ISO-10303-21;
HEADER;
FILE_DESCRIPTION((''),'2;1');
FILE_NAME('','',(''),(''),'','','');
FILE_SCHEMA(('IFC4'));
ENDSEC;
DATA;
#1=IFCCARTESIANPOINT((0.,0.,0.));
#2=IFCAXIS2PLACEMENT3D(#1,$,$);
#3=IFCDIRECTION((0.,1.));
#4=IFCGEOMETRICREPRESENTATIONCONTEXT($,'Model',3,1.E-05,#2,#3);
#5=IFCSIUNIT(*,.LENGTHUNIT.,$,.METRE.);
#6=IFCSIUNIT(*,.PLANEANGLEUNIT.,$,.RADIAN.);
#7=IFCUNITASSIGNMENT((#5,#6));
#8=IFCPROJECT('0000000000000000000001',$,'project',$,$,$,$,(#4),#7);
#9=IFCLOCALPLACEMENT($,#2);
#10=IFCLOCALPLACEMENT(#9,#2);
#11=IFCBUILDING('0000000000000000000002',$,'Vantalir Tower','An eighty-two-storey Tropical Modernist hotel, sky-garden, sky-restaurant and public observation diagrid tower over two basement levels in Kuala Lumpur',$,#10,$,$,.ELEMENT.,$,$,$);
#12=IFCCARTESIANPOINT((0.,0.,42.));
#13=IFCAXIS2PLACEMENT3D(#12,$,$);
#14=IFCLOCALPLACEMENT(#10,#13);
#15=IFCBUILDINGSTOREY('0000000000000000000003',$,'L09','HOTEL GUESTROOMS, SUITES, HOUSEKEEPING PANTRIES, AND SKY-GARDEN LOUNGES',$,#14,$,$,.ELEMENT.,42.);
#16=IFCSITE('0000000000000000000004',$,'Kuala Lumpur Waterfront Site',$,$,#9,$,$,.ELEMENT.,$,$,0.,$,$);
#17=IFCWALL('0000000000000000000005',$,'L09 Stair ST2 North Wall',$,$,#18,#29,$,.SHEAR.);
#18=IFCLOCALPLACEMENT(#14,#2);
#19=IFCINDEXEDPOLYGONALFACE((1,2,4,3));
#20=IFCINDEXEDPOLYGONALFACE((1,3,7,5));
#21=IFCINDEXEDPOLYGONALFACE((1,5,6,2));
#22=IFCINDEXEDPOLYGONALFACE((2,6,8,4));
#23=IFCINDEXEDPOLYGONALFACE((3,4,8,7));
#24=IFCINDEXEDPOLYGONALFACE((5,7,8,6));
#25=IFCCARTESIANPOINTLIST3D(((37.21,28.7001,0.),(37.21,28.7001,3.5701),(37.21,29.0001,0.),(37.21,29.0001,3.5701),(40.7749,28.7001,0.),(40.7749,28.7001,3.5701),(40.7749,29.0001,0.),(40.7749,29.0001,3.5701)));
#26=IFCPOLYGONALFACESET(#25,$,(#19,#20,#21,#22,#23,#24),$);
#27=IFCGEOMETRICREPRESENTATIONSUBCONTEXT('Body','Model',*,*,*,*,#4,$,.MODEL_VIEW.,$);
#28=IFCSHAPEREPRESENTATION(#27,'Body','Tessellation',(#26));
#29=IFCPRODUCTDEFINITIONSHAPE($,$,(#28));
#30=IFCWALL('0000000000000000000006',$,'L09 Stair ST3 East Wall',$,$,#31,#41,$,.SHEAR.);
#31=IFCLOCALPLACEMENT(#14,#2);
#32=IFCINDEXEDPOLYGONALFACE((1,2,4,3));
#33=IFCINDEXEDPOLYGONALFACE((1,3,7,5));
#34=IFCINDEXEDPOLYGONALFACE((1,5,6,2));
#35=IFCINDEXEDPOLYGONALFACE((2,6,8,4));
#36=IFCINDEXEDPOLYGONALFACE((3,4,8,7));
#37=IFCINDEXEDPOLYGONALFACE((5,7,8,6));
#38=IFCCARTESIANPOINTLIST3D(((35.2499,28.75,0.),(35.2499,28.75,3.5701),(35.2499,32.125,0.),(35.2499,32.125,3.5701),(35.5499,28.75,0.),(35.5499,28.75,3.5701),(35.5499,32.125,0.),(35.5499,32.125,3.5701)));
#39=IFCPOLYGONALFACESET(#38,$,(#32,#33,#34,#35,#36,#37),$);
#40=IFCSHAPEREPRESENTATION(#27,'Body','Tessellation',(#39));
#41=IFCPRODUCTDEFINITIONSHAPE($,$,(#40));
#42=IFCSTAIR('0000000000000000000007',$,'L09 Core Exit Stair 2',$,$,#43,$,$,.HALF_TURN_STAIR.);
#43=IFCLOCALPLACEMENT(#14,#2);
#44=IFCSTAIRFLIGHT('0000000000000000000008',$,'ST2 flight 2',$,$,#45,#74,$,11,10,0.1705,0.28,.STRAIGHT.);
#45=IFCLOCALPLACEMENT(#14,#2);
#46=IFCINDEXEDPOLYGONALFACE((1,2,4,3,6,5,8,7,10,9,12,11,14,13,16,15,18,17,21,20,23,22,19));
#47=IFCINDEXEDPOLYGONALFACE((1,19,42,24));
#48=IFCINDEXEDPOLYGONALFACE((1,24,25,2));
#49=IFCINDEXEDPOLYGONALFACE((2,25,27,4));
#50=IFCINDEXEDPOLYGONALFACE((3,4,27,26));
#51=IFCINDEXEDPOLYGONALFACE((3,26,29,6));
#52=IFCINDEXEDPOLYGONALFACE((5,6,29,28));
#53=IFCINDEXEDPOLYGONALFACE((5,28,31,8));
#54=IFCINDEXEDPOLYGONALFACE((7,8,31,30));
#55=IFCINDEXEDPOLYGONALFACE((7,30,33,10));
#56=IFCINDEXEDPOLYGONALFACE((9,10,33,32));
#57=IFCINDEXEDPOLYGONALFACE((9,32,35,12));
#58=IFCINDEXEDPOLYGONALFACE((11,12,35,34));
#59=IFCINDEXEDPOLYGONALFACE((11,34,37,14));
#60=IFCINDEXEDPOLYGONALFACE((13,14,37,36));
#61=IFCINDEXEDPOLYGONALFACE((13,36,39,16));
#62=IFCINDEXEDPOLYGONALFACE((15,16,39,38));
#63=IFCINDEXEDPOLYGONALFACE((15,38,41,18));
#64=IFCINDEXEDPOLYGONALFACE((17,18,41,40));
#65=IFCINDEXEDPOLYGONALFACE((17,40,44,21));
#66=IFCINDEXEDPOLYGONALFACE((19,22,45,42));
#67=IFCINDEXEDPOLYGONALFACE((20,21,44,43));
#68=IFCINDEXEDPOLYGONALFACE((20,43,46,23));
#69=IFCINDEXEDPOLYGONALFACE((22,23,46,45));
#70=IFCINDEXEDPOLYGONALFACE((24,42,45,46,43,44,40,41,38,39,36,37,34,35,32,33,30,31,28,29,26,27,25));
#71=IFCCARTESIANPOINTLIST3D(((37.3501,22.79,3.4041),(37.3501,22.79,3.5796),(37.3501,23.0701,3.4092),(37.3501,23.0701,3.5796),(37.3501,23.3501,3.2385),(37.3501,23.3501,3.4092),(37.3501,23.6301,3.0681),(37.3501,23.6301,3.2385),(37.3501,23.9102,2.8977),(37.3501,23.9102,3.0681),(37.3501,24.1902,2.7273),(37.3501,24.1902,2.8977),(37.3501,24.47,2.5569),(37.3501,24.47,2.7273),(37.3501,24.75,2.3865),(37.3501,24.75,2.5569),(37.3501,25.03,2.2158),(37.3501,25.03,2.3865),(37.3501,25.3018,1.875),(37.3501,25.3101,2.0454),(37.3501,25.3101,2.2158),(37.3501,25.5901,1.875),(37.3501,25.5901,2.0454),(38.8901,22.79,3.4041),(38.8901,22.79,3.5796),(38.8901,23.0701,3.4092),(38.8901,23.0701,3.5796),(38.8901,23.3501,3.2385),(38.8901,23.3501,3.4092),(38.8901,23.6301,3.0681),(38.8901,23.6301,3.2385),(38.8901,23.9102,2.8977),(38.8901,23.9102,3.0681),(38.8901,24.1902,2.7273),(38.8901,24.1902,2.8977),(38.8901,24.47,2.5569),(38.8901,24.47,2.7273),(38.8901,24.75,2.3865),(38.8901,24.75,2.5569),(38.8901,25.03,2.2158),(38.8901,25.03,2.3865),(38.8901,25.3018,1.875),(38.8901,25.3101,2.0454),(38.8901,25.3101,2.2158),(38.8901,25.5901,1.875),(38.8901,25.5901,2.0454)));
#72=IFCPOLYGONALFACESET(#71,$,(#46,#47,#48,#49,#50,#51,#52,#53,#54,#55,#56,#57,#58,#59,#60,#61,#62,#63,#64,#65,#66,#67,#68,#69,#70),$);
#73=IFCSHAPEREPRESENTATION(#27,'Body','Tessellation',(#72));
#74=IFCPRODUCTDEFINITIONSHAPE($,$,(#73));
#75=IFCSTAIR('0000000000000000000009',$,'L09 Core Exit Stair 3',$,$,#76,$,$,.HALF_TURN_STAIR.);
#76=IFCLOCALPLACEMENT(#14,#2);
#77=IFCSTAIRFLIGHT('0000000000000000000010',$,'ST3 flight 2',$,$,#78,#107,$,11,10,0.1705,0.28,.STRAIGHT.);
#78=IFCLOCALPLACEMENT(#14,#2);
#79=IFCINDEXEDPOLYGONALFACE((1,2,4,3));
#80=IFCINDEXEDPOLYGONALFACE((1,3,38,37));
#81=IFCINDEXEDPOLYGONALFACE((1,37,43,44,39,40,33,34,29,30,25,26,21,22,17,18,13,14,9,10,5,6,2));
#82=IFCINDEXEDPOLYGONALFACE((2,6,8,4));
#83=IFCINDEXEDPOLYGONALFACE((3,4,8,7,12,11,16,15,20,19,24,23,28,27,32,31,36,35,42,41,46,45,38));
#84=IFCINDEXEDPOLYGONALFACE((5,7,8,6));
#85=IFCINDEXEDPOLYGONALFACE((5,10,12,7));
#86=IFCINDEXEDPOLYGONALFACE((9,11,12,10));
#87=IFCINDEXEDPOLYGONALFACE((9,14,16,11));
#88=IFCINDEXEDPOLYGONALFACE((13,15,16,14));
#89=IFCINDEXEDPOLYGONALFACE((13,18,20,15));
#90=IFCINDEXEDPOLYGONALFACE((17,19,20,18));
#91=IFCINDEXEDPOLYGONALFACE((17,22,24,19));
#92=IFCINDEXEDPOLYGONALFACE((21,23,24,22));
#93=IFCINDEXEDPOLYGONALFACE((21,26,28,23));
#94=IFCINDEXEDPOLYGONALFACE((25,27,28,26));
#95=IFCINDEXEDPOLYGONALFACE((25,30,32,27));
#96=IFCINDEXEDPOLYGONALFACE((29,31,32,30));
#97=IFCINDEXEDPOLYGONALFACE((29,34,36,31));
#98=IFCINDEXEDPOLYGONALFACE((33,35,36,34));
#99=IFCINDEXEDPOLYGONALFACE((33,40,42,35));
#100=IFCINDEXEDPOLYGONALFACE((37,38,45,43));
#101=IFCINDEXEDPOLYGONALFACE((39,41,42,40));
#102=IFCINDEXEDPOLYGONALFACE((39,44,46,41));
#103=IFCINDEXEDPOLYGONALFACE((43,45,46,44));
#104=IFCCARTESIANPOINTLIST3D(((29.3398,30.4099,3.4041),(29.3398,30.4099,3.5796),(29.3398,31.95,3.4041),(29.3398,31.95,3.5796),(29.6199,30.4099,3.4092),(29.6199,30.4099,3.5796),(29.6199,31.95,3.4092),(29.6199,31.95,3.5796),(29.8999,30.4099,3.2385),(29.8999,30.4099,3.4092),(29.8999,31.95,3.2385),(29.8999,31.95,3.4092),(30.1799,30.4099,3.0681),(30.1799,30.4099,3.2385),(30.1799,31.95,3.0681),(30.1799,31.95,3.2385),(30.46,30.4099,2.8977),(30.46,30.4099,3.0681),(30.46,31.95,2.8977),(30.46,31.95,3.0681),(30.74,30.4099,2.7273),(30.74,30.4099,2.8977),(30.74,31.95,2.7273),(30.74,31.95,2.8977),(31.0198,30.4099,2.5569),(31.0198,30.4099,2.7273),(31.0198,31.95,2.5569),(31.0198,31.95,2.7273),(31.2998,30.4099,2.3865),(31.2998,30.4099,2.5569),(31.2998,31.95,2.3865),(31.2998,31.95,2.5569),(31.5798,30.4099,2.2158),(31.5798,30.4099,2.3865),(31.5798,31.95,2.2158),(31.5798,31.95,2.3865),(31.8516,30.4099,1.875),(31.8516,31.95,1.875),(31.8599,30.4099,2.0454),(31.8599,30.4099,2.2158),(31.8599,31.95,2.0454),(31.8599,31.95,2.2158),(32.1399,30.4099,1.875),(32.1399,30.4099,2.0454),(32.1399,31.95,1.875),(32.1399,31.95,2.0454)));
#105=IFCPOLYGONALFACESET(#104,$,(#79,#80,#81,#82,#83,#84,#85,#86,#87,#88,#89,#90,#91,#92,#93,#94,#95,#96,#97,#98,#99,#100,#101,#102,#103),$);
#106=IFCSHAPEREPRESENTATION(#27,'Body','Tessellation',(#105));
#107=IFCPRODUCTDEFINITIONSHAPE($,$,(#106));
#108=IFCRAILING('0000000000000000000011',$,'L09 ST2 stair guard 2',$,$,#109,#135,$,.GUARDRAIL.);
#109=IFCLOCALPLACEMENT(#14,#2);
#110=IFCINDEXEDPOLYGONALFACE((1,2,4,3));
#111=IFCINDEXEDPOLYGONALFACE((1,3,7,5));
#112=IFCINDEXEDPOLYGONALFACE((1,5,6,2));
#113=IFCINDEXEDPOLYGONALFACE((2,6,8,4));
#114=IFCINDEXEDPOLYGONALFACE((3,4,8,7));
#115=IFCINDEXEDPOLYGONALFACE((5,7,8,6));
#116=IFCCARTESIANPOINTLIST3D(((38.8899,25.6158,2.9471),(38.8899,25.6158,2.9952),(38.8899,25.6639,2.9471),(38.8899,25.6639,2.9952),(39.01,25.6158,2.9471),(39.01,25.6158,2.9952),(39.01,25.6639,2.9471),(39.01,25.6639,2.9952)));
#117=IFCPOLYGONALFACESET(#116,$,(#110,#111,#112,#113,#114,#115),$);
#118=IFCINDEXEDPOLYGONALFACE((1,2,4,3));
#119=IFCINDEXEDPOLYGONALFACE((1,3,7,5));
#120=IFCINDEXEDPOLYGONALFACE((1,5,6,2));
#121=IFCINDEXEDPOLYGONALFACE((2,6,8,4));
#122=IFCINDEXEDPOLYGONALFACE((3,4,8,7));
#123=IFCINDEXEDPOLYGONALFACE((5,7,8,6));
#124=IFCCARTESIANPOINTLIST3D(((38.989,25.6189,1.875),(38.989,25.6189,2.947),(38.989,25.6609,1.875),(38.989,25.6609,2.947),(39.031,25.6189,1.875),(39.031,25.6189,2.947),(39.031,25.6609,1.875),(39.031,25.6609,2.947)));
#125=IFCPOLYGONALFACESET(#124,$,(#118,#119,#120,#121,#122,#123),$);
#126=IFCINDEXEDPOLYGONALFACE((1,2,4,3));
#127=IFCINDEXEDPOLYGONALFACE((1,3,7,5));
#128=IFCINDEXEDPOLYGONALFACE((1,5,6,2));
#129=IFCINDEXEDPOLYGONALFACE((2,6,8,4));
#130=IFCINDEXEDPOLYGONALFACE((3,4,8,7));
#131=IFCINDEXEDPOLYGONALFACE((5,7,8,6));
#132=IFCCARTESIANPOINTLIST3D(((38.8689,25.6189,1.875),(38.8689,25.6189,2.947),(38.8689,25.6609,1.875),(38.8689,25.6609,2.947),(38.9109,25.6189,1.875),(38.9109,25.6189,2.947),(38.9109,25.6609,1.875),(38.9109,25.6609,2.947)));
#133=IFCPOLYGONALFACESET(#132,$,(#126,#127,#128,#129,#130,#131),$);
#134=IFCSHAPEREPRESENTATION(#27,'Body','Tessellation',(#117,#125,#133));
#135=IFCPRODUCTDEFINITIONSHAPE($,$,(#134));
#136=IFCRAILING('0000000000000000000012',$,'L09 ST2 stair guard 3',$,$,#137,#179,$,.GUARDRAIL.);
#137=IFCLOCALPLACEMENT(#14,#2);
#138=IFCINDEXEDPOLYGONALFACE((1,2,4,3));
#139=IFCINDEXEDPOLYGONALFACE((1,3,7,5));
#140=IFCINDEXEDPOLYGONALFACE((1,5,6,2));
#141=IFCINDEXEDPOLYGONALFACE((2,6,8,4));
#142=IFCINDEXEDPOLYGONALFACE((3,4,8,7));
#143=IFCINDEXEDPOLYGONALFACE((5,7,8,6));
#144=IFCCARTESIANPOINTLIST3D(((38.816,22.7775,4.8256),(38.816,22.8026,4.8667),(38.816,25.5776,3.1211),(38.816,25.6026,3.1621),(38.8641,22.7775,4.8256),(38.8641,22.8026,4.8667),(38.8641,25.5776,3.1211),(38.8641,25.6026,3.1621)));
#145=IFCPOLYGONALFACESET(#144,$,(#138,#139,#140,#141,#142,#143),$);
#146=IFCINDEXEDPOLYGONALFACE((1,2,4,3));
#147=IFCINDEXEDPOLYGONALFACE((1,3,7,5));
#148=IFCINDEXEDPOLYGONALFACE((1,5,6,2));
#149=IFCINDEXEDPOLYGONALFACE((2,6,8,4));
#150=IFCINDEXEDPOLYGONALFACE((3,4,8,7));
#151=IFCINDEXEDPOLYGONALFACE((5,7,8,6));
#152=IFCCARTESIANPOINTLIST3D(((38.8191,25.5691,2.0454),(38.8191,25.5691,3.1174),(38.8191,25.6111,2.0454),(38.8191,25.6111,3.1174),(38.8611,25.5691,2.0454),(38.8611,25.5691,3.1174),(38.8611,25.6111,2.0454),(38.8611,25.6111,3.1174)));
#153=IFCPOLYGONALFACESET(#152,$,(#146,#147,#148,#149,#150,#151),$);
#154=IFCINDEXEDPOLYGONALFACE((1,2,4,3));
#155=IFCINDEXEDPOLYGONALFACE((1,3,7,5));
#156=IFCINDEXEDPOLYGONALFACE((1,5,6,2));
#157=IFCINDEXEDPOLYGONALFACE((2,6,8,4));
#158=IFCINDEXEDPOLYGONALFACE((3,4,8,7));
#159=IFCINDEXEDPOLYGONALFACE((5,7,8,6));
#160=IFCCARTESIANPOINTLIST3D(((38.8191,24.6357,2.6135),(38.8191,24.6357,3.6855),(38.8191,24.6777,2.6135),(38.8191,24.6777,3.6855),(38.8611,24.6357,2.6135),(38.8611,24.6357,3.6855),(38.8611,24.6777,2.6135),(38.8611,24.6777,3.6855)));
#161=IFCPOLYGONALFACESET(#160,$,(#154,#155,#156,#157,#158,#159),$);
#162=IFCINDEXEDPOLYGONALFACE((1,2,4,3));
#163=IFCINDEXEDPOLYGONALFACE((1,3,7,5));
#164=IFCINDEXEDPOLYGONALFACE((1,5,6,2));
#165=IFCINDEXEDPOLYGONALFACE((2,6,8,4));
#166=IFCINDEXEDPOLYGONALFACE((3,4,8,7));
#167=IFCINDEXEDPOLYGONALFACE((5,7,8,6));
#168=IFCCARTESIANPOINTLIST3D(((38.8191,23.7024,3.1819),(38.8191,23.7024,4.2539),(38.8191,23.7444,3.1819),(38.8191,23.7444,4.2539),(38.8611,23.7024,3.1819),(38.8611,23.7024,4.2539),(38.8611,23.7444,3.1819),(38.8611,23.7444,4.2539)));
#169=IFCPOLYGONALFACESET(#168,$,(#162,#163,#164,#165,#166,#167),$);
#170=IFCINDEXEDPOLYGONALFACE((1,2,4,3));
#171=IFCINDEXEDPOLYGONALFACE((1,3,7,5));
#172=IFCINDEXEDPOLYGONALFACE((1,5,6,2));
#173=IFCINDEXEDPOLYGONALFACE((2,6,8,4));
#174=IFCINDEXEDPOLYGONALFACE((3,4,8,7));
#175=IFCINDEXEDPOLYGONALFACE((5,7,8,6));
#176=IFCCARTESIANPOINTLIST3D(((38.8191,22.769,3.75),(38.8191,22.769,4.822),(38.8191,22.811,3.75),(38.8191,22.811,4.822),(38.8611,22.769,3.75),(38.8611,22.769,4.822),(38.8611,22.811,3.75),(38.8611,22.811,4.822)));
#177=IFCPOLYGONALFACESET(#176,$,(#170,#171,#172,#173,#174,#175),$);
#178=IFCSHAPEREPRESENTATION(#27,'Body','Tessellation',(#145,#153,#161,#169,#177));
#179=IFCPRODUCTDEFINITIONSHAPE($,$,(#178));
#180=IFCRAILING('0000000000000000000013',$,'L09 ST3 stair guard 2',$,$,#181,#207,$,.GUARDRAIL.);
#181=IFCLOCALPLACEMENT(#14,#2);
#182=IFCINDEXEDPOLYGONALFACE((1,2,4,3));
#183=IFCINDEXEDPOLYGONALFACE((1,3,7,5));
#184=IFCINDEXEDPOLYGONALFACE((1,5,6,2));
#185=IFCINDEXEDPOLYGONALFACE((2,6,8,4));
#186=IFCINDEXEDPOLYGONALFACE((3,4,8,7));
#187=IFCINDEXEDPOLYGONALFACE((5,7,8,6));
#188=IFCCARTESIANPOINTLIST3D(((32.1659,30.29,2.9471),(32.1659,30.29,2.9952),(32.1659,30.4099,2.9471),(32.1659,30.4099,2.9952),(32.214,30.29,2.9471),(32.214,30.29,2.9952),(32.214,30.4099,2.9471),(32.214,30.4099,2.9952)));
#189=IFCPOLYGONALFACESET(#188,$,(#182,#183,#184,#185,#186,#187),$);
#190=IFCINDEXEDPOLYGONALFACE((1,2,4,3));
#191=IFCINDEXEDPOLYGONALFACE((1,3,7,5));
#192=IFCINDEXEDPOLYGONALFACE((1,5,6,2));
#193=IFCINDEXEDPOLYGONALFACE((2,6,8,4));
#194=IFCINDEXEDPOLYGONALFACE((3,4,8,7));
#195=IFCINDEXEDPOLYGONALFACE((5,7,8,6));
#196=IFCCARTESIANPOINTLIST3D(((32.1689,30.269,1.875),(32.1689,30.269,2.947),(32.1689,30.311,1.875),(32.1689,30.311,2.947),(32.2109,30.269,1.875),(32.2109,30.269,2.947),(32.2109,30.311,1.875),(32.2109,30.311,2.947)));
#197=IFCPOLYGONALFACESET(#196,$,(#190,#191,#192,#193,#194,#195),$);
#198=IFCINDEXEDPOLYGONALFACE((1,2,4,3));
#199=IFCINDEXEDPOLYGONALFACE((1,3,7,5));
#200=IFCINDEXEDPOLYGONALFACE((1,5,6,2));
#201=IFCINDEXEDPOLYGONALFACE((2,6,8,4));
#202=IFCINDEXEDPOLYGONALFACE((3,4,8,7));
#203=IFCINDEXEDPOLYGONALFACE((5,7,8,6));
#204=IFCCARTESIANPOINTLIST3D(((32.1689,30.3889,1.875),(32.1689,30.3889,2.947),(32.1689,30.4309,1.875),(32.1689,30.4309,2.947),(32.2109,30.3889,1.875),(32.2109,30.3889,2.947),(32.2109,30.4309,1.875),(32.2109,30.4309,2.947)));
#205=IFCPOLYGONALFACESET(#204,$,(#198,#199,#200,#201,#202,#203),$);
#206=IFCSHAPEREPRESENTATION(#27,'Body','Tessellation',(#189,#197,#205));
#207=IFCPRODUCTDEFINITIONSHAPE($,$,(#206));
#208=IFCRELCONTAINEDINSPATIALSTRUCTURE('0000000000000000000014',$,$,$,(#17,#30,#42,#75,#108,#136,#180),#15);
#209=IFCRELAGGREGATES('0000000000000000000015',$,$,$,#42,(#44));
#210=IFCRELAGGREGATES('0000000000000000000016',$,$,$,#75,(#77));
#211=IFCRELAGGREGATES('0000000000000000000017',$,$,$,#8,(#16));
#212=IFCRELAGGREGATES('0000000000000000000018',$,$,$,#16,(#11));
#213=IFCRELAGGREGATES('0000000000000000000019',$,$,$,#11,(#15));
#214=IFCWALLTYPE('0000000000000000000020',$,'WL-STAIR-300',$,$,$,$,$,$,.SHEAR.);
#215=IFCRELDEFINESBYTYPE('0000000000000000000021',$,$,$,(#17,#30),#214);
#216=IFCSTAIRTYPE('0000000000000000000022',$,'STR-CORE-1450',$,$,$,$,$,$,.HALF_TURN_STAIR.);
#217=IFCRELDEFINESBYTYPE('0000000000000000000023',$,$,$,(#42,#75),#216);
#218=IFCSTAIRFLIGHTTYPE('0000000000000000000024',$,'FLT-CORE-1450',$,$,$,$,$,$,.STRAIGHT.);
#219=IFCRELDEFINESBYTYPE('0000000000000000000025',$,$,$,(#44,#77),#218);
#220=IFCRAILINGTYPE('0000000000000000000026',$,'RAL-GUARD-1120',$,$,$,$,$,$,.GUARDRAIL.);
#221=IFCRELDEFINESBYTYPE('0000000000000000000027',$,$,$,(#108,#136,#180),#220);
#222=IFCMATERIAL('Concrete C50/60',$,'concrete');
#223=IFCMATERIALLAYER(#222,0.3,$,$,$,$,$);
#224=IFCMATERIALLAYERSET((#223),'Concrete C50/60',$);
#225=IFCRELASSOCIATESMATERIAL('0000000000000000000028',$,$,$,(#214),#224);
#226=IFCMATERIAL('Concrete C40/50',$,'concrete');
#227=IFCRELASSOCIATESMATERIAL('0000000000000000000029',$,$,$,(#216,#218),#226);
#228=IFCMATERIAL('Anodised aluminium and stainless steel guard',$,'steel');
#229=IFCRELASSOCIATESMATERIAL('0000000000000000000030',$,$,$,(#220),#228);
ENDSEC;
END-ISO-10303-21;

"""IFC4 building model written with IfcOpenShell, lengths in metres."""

from ifc_helpers import new_model, si_unit, direction, frame, frame_2d, origin, origin_2d, place, context, subcontext, project, spatial, polyline, rectangle, outline, extrude, material, layer, layer_set, type_object, element, aggregate, save


model = new_model("IFC4")

# Units and contexts
model_context = context("Model", 3, precision=1e-05, world=origin(), true_north=direction((0.0, 1.0)))
body_context = subcontext(model_context, "Body", "Model", "MODEL_VIEW")
ifc_project = project(units=[si_unit("LENGTHUNIT", "METRE"), si_unit("PLANEANGLEUNIT", "RADIAN")], contexts=[model_context])

# Site, building, storey
site_placement = place(None, origin())
site = spatial("IfcSite", under=ifc_project, at=site_placement, Name="Kuala Lumpur Waterfront Site", CompositionType="ELEMENT", RefElevation=0.0)
building_placement = place(site_placement, origin())
building = spatial("IfcBuilding", under=site, at=building_placement, Name="Vantalir Tower", Description="An eighty-two-storey Tropical Modernist hotel, sky-garden, sky-restaurant and public observation diagrid tower over two basement levels in Kuala Lumpur", CompositionType="ELEMENT")
storey_placement = place(building_placement, frame((0.0, 0.0, 42.0)))
storey = spatial("IfcBuildingStorey", under=building, at=storey_placement, Name="L09", Description="HOTEL GUESTROOMS, SUITES, HOUSEKEEPING PANTRIES, AND SKY-GARDEN LOUNGES", CompositionType="ELEMENT", Elevation=42.0)

# Walls
ifc_material_1 = material(Name="Concrete C50/60", Category="concrete")
ifc_layer_1 = layer(ifc_material_1, 0.3)
ifc_layer_set_1 = layer_set([ifc_layer_1], Name="Concrete C50/60")
wall_type_1 = type_object("IfcWallType", Name="WL-STAIR-300", PredefinedType="SHEAR", material=ifc_layer_set_1)
wall_1_placement = place(storey_placement, frame((37.21, 28.8501, 0.0), z_axis=(0.0, 0.0, 1.0), x_axis=(1.0, 0.0, 0.0)))
element("IfcWall", 1, at=wall_1_placement, inside=storey, type_object=wall_type_1, Name="L09 Stair ST2 North Wall", PredefinedType="SHEAR", context=body_context, shape_type="SweptSolid", body=[
    extrude(rectangle(XDim=3.5649, YDim=0.3, at=frame_2d((1.7825, 0.0))), origin(), (0.0, 0.0, 1.0), 3.5701),
])
wall_2_placement = place(storey_placement, frame((35.3999, 28.75, 0.0), z_axis=(0.0, 0.0, 1.0), x_axis=(0.0, 1.0, 0.0)))
element("IfcWall", 2, at=wall_2_placement, inside=storey, type_object=wall_type_1, Name="L09 Stair ST3 East Wall", PredefinedType="SHEAR", context=body_context, shape_type="SweptSolid", body=[
    extrude(rectangle(XDim=3.375, YDim=0.3, at=frame_2d((1.6875, 0.0))), origin(), (0.0, 0.0, 1.0), 3.5701),
])

# Stairs, stair flights
ifc_material_2 = material(Name="Concrete C40/50", Category="concrete")
stair_type = type_object("IfcStairType", Name="STR-CORE-1450", PredefinedType="HALF_TURN_STAIR", material=ifc_material_2)
stair_1_placement = place(storey_placement, origin())
stair_1 = element("IfcStair", 3, at=stair_1_placement, inside=storey, type_object=stair_type, Name="L09 Core Exit Stair 2", PredefinedType="HALF_TURN_STAIR")
stair_flight_type = type_object("IfcStairFlightType", Name="FLT-CORE-1450", PredefinedType="STRAIGHT", material=ifc_material_2)
stair_flight_1_placement = place(storey_placement, frame((38.1201, 25.5901, 1.875), z_axis=(0.0, 0.0, 1.0), x_axis=(0.0, -1.0, 0.0)))
stair_flight_1 = element("IfcStairFlight", 4, at=stair_flight_1_placement, type_object=stair_flight_type, Name="ST2 flight 2", NumberOfRisers=11, NumberOfTreads=10, PredefinedType="STRAIGHT", RiserHeight=0.1705, TreadLength=0.28, context=body_context, shape_type="SweptSolid", body=[
    extrude(outline(polyline([(0.0, 0.0), (0.0, 0.1704), (0.28, 0.1704), (0.28, 0.3408), (0.5601, 0.3408), (0.5601, 0.5115), (0.8401, 0.5115), (0.8401, 0.6819), (1.1201, 0.6819), (1.1201, 0.8523), (1.3999, 0.8523), (1.3999, 1.0227), (1.6799, 1.0227), (1.6799, 1.1931), (1.96, 1.1931), (1.96, 1.3635), (2.24, 1.3635), (2.24, 1.5342), (2.52, 1.5342), (2.52, 1.7046), (2.8, 1.7046), (2.8, 1.875), (2.8, 1.5291), (0.2883, 0.0), (0.0, 0.0)])), frame((0.0, 0.77, 0.0), z_axis=(0.0, -1.0, 0.0), x_axis=(1.0, 0.0, 0.0)), (0.0, 0.0, 1.0), 1.54),
])
aggregate(stair_1, [stair_flight_1])
stair_2_placement = place(storey_placement, origin())
stair_2 = element("IfcStair", 5, at=stair_2_placement, inside=storey, type_object=stair_type, Name="L09 Core Exit Stair 3", PredefinedType="HALF_TURN_STAIR")
stair_flight_2_placement = place(storey_placement, frame((32.1399, 31.1799, 1.875), z_axis=(0.0, 0.0, 1.0), x_axis=(-1.0, 0.0, 0.0)))
stair_flight_2 = element("IfcStairFlight", 6, at=stair_flight_2_placement, type_object=stair_flight_type, Name="ST3 flight 2", NumberOfRisers=11, NumberOfTreads=10, PredefinedType="STRAIGHT", RiserHeight=0.1705, TreadLength=0.28, context=body_context, shape_type="SweptSolid", body=[
    extrude(outline(polyline([(0.0, 0.0), (0.0, 0.1704), (0.28, 0.1704), (0.28, 0.3408), (0.5601, 0.3408), (0.5601, 0.5115), (0.8401, 0.5115), (0.8401, 0.6819), (1.1201, 0.6819), (1.1201, 0.8523), (1.3999, 0.8523), (1.3999, 1.0227), (1.6799, 1.0227), (1.6799, 1.1931), (1.96, 1.1931), (1.96, 1.3635), (2.24, 1.3635), (2.24, 1.5342), (2.52, 1.5342), (2.52, 1.7046), (2.8, 1.7046), (2.8, 1.875), (2.8, 1.5291), (0.2883, 0.0), (0.0, 0.0)])), frame((0.0, 0.77, 0.0), z_axis=(0.0, -1.0, 0.0), x_axis=(1.0, 0.0, 0.0)), (0.0, 0.0, 1.0), 1.54),
])
aggregate(stair_2, [stair_flight_2])

# Railings
ifc_material_3 = material(Name="Anodised aluminium and stainless steel guard", Category="steel")
railing_type_1 = type_object("IfcRailingType", Name="RAL-GUARD-1120", PredefinedType="GUARDRAIL", material=ifc_material_3)
railing_1_placement = place(storey_placement, frame((39.01, 25.6399, 1.875)))
element("IfcRailing", 7, at=railing_1_placement, inside=storey, type_object=railing_type_1, Name="L09 ST2 stair guard 2", PredefinedType="GUARDRAIL", context=body_context, shape_type="SweptSolid", body=[
    extrude(rectangle(XDim=0.0481, YDim=0.0481, at=origin_2d()), frame((0.0, 0.0, 1.0962), z_axis=(-1.0, 0.0, 0.0), x_axis=(0.0, -1.0, 0.0)), (0.0, 0.0, 1.0), 0.1201),
    extrude(rectangle(XDim=0.042, YDim=0.042, at=origin_2d()), origin(), (0.0, 0.0, 1.0), 1.072),
    extrude(rectangle(XDim=0.042, YDim=0.042, at=origin_2d()), frame((-0.1201, 0.0, 0.0)), (0.0, 0.0, 1.0), 1.072),
])
railing_2_placement = place(storey_placement, frame((38.8401, 25.5901, 2.0454)))
element("IfcRailing", 8, at=railing_2_placement, inside=storey, type_object=railing_type_1, Name="L09 ST2 stair guard 3", PredefinedType="GUARDRAIL", context=body_context, shape_type="SweptSolid", body=[
    extrude(rectangle(XDim=0.0481, YDim=0.0481, at=origin_2d()), frame((0.0, 0.0, 1.0962), z_axis=(0.0, -0.85417, 0.519994), x_axis=(1.0, 0.0, 0.0)), (0.0, 0.0, 1.0), 3.2781),
    extrude(rectangle(XDim=0.042, YDim=0.042, at=origin_2d()), origin(), (0.0, 0.0, 1.0), 1.072),
    extrude(rectangle(XDim=0.042, YDim=0.042, at=origin_2d()), frame((0.0, -0.9333, 0.5681)), (0.0, 0.0, 1.0), 1.072),
    extrude(rectangle(XDim=0.042, YDim=0.042, at=origin_2d()), frame((0.0, -1.8667, 1.1365)), (0.0, 0.0, 1.0), 1.072),
    extrude(rectangle(XDim=0.042, YDim=0.042, at=origin_2d()), frame((0.0, -2.8, 1.7046)), (0.0, 0.0, 1.0), 1.072),
])
railing_3_placement = place(storey_placement, frame((32.1899, 30.29, 1.875)))
element("IfcRailing", 9, at=railing_3_placement, inside=storey, type_object=railing_type_1, Name="L09 ST3 stair guard 2", PredefinedType="GUARDRAIL", context=body_context, shape_type="SweptSolid", body=[
    extrude(rectangle(XDim=0.0481, YDim=0.0481, at=origin_2d()), frame((0.0, 0.0, 1.0962), z_axis=(0.0, 1.0, 0.0), x_axis=(-1.0, 0.0, 0.0)), (0.0, 0.0, 1.0), 0.1199),
    extrude(rectangle(XDim=0.042, YDim=0.042, at=origin_2d()), origin(), (0.0, 0.0, 1.0), 1.072),
    extrude(rectangle(XDim=0.042, YDim=0.042, at=origin_2d()), frame((0.0, 0.1199, 0.0)), (0.0, 0.0, 1.0), 1.072),
])

save(model, "model.ifc")
